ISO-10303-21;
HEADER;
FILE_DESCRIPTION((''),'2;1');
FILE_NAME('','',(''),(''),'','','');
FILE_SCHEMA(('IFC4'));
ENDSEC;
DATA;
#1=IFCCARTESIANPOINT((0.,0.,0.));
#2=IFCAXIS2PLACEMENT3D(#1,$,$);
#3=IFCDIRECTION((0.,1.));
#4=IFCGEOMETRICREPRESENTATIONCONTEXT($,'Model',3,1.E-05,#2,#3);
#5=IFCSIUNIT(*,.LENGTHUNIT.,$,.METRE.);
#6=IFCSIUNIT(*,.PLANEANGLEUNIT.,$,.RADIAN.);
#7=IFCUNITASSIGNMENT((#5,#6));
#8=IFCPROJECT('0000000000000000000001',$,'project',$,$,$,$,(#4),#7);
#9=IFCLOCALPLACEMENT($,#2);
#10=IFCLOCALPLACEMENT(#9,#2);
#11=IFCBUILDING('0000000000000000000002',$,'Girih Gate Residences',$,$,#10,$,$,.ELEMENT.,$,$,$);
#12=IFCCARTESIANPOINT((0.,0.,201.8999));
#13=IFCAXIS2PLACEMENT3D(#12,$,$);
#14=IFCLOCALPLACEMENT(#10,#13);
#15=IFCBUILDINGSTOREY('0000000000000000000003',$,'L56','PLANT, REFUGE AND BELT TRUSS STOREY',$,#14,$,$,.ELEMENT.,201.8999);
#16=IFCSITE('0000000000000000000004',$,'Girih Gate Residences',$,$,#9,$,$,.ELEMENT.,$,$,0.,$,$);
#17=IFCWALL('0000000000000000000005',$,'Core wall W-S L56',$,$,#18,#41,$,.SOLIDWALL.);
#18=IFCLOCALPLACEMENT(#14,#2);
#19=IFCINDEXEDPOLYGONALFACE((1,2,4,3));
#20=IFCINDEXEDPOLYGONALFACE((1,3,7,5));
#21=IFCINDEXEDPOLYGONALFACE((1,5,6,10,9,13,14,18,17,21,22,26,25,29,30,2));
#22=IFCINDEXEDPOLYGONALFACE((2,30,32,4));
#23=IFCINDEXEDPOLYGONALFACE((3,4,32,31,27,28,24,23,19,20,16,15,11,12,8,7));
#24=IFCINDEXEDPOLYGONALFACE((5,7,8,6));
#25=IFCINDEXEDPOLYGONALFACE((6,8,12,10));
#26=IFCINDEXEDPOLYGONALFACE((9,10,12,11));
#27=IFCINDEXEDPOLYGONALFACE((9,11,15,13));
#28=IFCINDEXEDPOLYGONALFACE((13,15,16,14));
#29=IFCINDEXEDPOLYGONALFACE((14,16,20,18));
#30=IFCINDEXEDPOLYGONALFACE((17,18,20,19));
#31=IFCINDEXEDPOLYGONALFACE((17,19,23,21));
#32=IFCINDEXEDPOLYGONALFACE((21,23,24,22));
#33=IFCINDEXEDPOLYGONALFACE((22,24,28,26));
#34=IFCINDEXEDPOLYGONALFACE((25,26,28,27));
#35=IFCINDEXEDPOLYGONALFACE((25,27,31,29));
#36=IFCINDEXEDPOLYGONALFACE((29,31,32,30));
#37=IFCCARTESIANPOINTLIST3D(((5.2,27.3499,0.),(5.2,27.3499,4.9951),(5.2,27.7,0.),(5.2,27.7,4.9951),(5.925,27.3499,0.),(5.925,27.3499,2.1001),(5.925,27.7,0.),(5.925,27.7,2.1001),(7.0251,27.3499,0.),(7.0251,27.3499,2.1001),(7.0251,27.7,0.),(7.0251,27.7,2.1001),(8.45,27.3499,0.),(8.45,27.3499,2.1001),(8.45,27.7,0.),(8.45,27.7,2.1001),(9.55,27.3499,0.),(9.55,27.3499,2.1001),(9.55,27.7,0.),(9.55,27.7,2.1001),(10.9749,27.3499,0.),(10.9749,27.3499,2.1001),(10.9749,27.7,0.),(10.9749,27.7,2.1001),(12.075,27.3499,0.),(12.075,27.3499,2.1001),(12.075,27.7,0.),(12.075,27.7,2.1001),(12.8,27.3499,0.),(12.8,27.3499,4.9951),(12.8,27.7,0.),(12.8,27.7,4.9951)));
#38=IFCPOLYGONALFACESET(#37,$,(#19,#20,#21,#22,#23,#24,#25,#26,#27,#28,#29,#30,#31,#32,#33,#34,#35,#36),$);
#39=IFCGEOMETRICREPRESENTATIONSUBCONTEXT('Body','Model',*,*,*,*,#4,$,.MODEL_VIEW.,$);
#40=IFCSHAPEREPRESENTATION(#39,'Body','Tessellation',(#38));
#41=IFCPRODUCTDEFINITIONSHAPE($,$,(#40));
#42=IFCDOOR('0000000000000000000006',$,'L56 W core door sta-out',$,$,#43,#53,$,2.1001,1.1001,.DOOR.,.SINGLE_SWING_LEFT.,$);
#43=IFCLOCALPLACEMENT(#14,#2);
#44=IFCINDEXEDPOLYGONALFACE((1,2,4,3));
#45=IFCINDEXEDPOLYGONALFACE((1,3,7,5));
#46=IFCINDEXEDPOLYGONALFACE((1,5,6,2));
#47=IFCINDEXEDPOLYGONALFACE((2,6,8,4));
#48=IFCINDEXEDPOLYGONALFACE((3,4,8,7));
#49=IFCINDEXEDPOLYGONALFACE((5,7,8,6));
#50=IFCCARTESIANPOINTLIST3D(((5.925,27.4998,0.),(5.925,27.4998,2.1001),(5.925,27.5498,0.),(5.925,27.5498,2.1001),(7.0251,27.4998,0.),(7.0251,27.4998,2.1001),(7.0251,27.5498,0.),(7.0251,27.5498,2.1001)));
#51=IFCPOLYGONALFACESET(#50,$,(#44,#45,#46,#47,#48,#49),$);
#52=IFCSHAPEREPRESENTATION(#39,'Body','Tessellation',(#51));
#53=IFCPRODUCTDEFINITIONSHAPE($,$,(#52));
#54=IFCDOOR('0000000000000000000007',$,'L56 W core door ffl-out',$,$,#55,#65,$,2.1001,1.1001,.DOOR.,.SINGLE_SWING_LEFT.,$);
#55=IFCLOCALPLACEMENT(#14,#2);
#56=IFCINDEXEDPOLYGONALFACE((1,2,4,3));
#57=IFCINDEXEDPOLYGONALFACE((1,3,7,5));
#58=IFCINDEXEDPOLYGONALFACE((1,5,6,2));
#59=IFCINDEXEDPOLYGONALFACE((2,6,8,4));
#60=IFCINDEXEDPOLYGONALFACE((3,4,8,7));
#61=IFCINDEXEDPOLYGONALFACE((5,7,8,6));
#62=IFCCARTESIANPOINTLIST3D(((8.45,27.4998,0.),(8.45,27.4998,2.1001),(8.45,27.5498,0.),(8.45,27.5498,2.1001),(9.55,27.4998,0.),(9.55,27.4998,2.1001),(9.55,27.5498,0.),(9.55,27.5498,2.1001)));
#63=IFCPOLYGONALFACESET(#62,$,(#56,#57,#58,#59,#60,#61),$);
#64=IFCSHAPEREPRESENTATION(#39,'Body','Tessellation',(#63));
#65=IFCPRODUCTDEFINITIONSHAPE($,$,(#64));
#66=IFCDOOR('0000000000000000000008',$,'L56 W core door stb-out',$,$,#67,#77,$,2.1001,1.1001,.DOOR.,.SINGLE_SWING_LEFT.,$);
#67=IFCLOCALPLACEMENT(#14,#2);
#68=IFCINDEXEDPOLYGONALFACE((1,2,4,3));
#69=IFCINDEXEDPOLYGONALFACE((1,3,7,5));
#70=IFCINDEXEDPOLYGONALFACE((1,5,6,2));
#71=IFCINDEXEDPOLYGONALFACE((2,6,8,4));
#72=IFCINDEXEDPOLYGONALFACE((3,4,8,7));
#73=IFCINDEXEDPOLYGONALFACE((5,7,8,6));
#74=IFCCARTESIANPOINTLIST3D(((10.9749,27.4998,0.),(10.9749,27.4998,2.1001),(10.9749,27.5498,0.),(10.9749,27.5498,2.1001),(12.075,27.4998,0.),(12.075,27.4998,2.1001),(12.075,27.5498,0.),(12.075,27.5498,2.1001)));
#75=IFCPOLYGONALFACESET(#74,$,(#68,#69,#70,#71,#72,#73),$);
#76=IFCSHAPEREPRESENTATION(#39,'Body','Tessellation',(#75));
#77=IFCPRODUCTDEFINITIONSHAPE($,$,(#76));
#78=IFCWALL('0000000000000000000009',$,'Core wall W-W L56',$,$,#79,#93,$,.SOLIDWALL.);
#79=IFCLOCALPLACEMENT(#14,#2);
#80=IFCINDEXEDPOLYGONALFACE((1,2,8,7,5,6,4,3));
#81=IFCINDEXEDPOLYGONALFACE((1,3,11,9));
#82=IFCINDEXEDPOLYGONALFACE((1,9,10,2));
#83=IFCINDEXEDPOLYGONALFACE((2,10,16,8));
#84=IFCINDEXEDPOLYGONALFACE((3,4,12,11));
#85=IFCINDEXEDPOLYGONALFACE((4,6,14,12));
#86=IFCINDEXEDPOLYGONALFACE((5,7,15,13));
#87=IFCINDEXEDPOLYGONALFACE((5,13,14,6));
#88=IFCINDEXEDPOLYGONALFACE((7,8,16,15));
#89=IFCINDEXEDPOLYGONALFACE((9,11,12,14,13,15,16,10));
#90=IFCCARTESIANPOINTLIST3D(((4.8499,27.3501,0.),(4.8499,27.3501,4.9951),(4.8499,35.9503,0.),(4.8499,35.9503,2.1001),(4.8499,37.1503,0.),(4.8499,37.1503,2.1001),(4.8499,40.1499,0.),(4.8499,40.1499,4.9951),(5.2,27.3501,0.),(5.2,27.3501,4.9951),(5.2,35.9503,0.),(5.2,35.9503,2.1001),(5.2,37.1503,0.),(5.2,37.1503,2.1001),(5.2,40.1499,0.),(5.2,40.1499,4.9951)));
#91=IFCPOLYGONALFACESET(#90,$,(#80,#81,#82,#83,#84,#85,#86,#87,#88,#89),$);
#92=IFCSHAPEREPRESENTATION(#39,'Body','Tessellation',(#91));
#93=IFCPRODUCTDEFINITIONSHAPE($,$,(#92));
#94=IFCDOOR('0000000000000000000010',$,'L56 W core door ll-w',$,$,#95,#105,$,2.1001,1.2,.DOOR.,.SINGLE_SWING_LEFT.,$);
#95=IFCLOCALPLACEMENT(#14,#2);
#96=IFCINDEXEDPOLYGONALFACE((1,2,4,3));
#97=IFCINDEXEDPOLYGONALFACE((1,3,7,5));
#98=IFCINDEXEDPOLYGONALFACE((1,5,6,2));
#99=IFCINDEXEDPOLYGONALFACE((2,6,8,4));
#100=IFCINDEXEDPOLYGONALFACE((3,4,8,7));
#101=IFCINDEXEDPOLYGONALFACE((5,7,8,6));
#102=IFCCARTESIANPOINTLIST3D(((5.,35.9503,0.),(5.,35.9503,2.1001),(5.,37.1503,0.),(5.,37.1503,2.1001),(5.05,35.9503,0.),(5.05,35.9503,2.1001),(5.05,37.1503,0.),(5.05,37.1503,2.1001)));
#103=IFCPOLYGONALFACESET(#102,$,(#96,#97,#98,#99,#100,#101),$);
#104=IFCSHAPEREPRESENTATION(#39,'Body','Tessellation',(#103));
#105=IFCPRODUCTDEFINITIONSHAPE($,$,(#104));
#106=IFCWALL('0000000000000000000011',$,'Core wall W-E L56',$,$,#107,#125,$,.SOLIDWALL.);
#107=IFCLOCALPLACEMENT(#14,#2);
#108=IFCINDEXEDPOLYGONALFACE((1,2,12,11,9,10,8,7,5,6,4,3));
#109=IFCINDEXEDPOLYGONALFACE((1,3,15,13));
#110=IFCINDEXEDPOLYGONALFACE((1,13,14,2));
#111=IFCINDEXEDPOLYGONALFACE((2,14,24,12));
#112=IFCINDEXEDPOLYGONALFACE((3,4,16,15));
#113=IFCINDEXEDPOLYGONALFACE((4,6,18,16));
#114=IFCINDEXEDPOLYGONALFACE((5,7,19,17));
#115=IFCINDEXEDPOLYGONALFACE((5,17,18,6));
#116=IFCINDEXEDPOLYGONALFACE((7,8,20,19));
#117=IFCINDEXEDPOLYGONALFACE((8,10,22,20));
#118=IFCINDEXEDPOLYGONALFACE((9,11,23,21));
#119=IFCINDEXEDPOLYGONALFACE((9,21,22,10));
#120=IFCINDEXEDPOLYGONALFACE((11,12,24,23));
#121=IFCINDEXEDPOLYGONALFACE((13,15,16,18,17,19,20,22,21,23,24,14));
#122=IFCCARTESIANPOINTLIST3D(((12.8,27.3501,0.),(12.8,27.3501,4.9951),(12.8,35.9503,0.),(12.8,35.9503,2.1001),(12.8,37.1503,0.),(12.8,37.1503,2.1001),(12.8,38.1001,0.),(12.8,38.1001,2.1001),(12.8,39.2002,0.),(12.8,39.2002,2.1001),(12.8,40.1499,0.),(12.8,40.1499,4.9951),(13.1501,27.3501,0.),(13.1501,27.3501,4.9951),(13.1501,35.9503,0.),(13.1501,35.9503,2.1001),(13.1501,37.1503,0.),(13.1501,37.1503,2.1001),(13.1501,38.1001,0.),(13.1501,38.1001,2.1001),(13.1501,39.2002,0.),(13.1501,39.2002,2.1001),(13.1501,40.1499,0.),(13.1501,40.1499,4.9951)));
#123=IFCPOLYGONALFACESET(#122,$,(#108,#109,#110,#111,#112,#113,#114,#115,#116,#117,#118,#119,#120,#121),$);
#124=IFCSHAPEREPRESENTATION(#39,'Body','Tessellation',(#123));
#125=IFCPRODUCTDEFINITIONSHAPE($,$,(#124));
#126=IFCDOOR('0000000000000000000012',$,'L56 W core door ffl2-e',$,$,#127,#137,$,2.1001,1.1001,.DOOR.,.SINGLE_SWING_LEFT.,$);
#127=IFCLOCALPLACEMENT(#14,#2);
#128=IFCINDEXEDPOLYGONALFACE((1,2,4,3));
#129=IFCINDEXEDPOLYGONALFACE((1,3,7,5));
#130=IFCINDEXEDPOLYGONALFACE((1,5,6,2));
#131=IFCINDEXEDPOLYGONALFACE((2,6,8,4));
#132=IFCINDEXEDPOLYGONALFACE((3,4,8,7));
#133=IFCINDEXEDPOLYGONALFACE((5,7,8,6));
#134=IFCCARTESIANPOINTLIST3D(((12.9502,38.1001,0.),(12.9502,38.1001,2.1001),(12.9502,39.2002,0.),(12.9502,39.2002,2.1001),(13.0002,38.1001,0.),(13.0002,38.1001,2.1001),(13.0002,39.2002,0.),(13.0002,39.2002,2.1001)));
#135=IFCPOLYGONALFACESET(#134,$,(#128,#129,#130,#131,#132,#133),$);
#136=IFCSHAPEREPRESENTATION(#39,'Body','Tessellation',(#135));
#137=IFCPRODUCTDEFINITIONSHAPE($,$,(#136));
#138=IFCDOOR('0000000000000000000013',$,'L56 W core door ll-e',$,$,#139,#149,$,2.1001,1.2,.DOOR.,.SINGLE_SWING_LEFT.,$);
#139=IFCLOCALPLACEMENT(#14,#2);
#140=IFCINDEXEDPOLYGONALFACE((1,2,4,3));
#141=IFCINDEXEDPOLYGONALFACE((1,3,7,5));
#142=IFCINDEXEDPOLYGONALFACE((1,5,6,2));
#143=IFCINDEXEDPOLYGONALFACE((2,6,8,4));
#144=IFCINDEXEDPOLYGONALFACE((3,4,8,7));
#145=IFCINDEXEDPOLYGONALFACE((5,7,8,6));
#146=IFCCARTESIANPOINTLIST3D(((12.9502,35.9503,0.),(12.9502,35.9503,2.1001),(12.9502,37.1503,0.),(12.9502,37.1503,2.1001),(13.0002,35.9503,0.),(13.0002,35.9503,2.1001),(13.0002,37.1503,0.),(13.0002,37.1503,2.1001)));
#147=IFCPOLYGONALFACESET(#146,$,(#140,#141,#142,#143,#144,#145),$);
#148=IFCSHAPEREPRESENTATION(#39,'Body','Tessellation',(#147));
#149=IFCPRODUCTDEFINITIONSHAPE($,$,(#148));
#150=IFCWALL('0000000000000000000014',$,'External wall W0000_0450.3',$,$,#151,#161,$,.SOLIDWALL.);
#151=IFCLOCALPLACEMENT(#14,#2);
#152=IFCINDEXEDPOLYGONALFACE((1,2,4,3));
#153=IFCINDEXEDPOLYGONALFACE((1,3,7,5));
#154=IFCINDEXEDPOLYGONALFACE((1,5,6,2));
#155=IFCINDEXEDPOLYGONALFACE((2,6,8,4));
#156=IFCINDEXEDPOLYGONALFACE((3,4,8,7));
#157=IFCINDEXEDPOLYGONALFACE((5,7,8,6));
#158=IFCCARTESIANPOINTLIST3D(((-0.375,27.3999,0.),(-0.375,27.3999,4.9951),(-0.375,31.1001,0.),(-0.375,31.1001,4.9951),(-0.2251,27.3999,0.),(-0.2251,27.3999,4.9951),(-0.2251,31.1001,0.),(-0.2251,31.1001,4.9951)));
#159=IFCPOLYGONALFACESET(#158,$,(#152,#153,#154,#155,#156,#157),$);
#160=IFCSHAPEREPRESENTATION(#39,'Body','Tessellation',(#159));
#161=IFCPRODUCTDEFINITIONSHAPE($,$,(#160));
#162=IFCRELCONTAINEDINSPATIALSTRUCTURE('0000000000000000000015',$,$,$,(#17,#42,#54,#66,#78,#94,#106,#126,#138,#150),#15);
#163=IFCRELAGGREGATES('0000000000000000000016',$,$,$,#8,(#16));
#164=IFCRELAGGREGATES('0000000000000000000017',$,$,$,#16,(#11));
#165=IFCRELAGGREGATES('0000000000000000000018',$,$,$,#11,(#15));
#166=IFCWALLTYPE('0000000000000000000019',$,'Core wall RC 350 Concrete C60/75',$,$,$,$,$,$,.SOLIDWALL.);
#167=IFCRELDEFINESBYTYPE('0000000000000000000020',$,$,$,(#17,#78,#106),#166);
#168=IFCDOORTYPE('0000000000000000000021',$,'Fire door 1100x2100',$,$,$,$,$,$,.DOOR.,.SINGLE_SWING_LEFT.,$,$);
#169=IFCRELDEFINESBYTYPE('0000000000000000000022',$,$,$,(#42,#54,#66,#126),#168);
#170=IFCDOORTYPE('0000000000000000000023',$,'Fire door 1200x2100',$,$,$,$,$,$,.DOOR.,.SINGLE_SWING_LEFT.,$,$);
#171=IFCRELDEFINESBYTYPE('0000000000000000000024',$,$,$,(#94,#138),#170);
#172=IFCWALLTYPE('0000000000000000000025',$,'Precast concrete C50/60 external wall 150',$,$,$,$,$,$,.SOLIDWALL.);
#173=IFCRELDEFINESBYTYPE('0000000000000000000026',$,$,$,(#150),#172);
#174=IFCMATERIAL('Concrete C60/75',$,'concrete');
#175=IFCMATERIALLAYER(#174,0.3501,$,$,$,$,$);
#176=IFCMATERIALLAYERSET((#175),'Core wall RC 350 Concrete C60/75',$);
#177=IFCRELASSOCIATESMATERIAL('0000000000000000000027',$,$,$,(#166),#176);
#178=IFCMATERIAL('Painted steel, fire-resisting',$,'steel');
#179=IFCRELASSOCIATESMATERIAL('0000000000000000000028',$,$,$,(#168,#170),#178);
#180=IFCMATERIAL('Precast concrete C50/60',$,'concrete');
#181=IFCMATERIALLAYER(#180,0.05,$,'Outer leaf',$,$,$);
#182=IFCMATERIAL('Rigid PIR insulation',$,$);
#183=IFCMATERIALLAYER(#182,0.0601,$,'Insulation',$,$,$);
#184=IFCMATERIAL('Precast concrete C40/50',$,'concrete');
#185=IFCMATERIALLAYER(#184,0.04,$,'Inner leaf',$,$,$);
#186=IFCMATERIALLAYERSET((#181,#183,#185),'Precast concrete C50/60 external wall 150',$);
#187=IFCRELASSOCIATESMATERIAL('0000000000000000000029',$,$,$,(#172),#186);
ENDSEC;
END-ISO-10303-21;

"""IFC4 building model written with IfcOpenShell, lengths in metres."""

from ifc_helpers import new_model, si_unit, direction, frame, frame_2d, origin, place, context, subcontext, project, spatial, rectangle, extrude, material, layer, layer_set, type_object, element, fill, save


model = new_model("IFC4")

# Units and contexts
model_context = context("Model", 3, precision=1e-05, world=origin(), true_north=direction((0.0, 1.0)))
body_context = subcontext(model_context, "Body", "Model", "MODEL_VIEW")
ifc_project = project(units=[si_unit("LENGTHUNIT", "METRE"), si_unit("PLANEANGLEUNIT", "RADIAN")], contexts=[model_context])

# Site, building, storey
site_placement = place(None, origin())
site = spatial("IfcSite", under=ifc_project, at=site_placement, Name="Girih Gate Residences", CompositionType="ELEMENT", RefElevation=0.0)
building_placement = place(site_placement, origin())
building = spatial("IfcBuilding", under=site, at=building_placement, Name="Girih Gate Residences", CompositionType="ELEMENT")
storey_placement = place(building_placement, frame((0.0, 0.0, 201.8999)))
storey = spatial("IfcBuildingStorey", under=building, at=storey_placement, Name="L56", Description="PLANT, REFUGE AND BELT TRUSS STOREY", CompositionType="ELEMENT", Elevation=201.8999)

# Shared definitions
ifc_material_1 = material(Name="Concrete C60/75", Category="concrete")

# Wall, openings, doors
ifc_layer_1 = layer(ifc_material_1, 0.3501)
ifc_layer_set_1 = layer_set([ifc_layer_1], Name="Core wall RC 350 Concrete C60/75")
wall_type_1 = type_object("IfcWallType", Name="Core wall RC 350 Concrete C60/75", PredefinedType="SOLIDWALL", material=ifc_layer_set_1)
wall_1_placement = place(storey_placement, frame((5.2, 27.5249, 0.0), z_axis=(0.0, 0.0, 1.0), x_axis=(1.0, 0.0, 0.0)))
wall_1 = element("IfcWall", 1, at=wall_1_placement, inside=storey, type_object=wall_type_1, Name="Core wall W-S L56", PredefinedType="SOLIDWALL", context=body_context, shape_type="SweptSolid", body=[
    extrude(rectangle(XDim=7.6001, YDim=0.3501, at=frame_2d((3.8, 0.0))), origin(), (0.0, 0.0, 1.0), 4.9951),
])
opening_1_placement = place(wall_1_placement, frame((0.7251, 0.0, 0.0)))
opening_1 = element("IfcOpeningElement", 2, at=opening_1_placement, cuts=wall_1, PredefinedType="OPENING", context=body_context, shape_type="SweptSolid", body=[
    extrude(rectangle(XDim=1.1001, YDim=2.1001, at=frame_2d((0.55, 1.05))), frame((0.0, 0.1851, 0.0), z_axis=(0.0, -1.0, 0.0), x_axis=(1.0, 0.0, 0.0)), (0.0, 0.0, 1.0), 0.3701),
])
opening_2_placement = place(wall_1_placement, frame((3.25, 0.0, 0.0)))
opening_2 = element("IfcOpeningElement", 3, at=opening_2_placement, cuts=wall_1, PredefinedType="OPENING", context=body_context, shape_type="SweptSolid", body=[
    extrude(rectangle(XDim=1.1001, YDim=2.1001, at=frame_2d((0.55, 1.05))), frame((0.0, 0.1851, 0.0), z_axis=(0.0, -1.0, 0.0), x_axis=(1.0, 0.0, 0.0)), (0.0, 0.0, 1.0), 0.3701),
])
opening_3_placement = place(wall_1_placement, frame((5.7749, 0.0, 0.0)))
opening_3 = element("IfcOpeningElement", 4, at=opening_3_placement, cuts=wall_1, PredefinedType="OPENING", context=body_context, shape_type="SweptSolid", body=[
    extrude(rectangle(XDim=1.1001, YDim=2.1001, at=frame_2d((0.55, 1.05))), frame((0.0, 0.1851, 0.0), z_axis=(0.0, -1.0, 0.0), x_axis=(1.0, 0.0, 0.0)), (0.0, 0.0, 1.0), 0.3701),
])
ifc_material_2 = material(Name="Painted steel, fire-resisting", Category="steel")
door_type_1 = type_object("IfcDoorType", Name="Fire door 1100x2100", OperationType="SINGLE_SWING_LEFT", PredefinedType="DOOR", material=ifc_material_2)
door_1_placement = place(opening_1_placement, origin())
door_1 = element("IfcDoor", 5, at=door_1_placement, inside=storey, type_object=door_type_1, Name="L56 W core door sta-out", OperationType="SINGLE_SWING_LEFT", OverallHeight=2.1001, OverallWidth=1.1001, PredefinedType="DOOR", context=body_context, shape_type="SweptSolid", body=[
    extrude(rectangle(XDim=1.1001, YDim=2.1001, at=frame_2d((0.55, 1.05))), frame((0.0, 0.0249, 0.0), z_axis=(0.0, -1.0, 0.0), x_axis=(1.0, 0.0, 0.0)), (0.0, 0.0, 1.0), 0.05),
])
fill(opening_1, door_1)
door_2_placement = place(opening_2_placement, origin())
door_2 = element("IfcDoor", 6, at=door_2_placement, inside=storey, type_object=door_type_1, Name="L56 W core door ffl-out", OperationType="SINGLE_SWING_LEFT", OverallHeight=2.1001, OverallWidth=1.1001, PredefinedType="DOOR", context=body_context, shape_type="SweptSolid", body=[
    extrude(rectangle(XDim=1.1001, YDim=2.1001, at=frame_2d((0.55, 1.05))), frame((0.0, 0.0249, 0.0), z_axis=(0.0, -1.0, 0.0), x_axis=(1.0, 0.0, 0.0)), (0.0, 0.0, 1.0), 0.05),
])
fill(opening_2, door_2)
door_3_placement = place(opening_3_placement, origin())
door_3 = element("IfcDoor", 7, at=door_3_placement, inside=storey, type_object=door_type_1, Name="L56 W core door stb-out", OperationType="SINGLE_SWING_LEFT", OverallHeight=2.1001, OverallWidth=1.1001, PredefinedType="DOOR", context=body_context, shape_type="SweptSolid", body=[
    extrude(rectangle(XDim=1.1001, YDim=2.1001, at=frame_2d((0.55, 1.05))), frame((0.0, 0.0249, 0.0), z_axis=(0.0, -1.0, 0.0), x_axis=(1.0, 0.0, 0.0)), (0.0, 0.0, 1.0), 0.05),
])
fill(opening_3, door_3)

# Wall, opening, door
wall_2_placement = place(storey_placement, frame((5.0249, 27.3501, 0.0), z_axis=(0.0, 0.0, 1.0), x_axis=(0.0, 1.0, 0.0)))
wall_2 = element("IfcWall", 8, at=wall_2_placement, inside=storey, type_object=wall_type_1, Name="Core wall W-W L56", PredefinedType="SOLIDWALL", context=body_context, shape_type="SweptSolid", body=[
    extrude(rectangle(XDim=12.7998, YDim=0.3501, at=frame_2d((6.3999, 0.0))), origin(), (0.0, 0.0, 1.0), 4.9951),
])
opening_4_placement = place(wall_2_placement, frame((8.6001, 0.0, 0.0)))
opening_4 = element("IfcOpeningElement", 9, at=opening_4_placement, cuts=wall_2, PredefinedType="OPENING", context=body_context, shape_type="SweptSolid", body=[
    extrude(rectangle(XDim=1.2, YDim=2.1001, at=frame_2d((0.6001, 1.05))), frame((0.0, 0.1851, 0.0), z_axis=(0.0, -1.0, 0.0), x_axis=(1.0, 0.0, 0.0)), (0.0, 0.0, 1.0), 0.3701),
])
door_type_2 = type_object("IfcDoorType", Name="Fire door 1200x2100", OperationType="SINGLE_SWING_LEFT", PredefinedType="DOOR", material=ifc_material_2)
door_4_placement = place(opening_4_placement, origin())
door_4 = element("IfcDoor", 10, at=door_4_placement, inside=storey, type_object=door_type_2, Name="L56 W core door ll-w", OperationType="SINGLE_SWING_LEFT", OverallHeight=2.1001, OverallWidth=1.2, PredefinedType="DOOR", context=body_context, shape_type="SweptSolid", body=[
    extrude(rectangle(XDim=1.2, YDim=2.1001, at=frame_2d((0.6001, 1.05))), frame((0.0, 0.0249, 0.0), z_axis=(0.0, -1.0, 0.0), x_axis=(1.0, 0.0, 0.0)), (0.0, 0.0, 1.0), 0.05),
])
fill(opening_4, door_4)

# Wall, openings, doors
wall_3_placement = place(storey_placement, frame((12.9751, 27.3501, 0.0), z_axis=(0.0, 0.0, 1.0), x_axis=(0.0, 1.0, 0.0)))
wall_3 = element("IfcWall", 11, at=wall_3_placement, inside=storey, type_object=wall_type_1, Name="Core wall W-E L56", PredefinedType="SOLIDWALL", context=body_context, shape_type="SweptSolid", body=[
    extrude(rectangle(XDim=12.7998, YDim=0.3501, at=frame_2d((6.3999, 0.0))), origin(), (0.0, 0.0, 1.0), 4.9951),
])
opening_5_placement = place(wall_3_placement, frame((10.75, 0.0, 0.0)))
opening_5 = element("IfcOpeningElement", 12, at=opening_5_placement, cuts=wall_3, PredefinedType="OPENING", context=body_context, shape_type="SweptSolid", body=[
    extrude(rectangle(XDim=1.1001, YDim=2.1001, at=frame_2d((0.55, 1.05))), frame((0.0, 0.1851, 0.0), z_axis=(0.0, -1.0, 0.0), x_axis=(1.0, 0.0, 0.0)), (0.0, 0.0, 1.0), 0.3701),
])
opening_6_placement = place(wall_3_placement, frame((8.6001, 0.0, 0.0)))
opening_6 = element("IfcOpeningElement", 13, at=opening_6_placement, cuts=wall_3, PredefinedType="OPENING", context=body_context, shape_type="SweptSolid", body=[
    extrude(rectangle(XDim=1.2, YDim=2.1001, at=frame_2d((0.6001, 1.05))), frame((0.0, 0.1851, 0.0), z_axis=(0.0, -1.0, 0.0), x_axis=(1.0, 0.0, 0.0)), (0.0, 0.0, 1.0), 0.3701),
])
door_5_placement = place(opening_5_placement, origin())
door_5 = element("IfcDoor", 14, at=door_5_placement, inside=storey, type_object=door_type_1, Name="L56 W core door ffl2-e", OperationType="SINGLE_SWING_LEFT", OverallHeight=2.1001, OverallWidth=1.1001, PredefinedType="DOOR", context=body_context, shape_type="SweptSolid", body=[
    extrude(rectangle(XDim=1.1001, YDim=2.1001, at=frame_2d((0.55, 1.05))), frame((0.0, 0.0249, 0.0), z_axis=(0.0, -1.0, 0.0), x_axis=(1.0, 0.0, 0.0)), (0.0, 0.0, 1.0), 0.05),
])
fill(opening_5, door_5)
door_6_placement = place(opening_6_placement, origin())
door_6 = element("IfcDoor", 15, at=door_6_placement, inside=storey, type_object=door_type_2, Name="L56 W core door ll-e", OperationType="SINGLE_SWING_LEFT", OverallHeight=2.1001, OverallWidth=1.2, PredefinedType="DOOR", context=body_context, shape_type="SweptSolid", body=[
    extrude(rectangle(XDim=1.2, YDim=2.1001, at=frame_2d((0.6001, 1.05))), frame((0.0, 0.0249, 0.0), z_axis=(0.0, -1.0, 0.0), x_axis=(1.0, 0.0, 0.0)), (0.0, 0.0, 1.0), 0.05),
])
fill(opening_6, door_6)

# Wall
ifc_material_3 = material(Name="Precast concrete C50/60", Category="concrete")
ifc_layer_2 = layer(ifc_material_3, 0.05, Name="Outer leaf")
ifc_material_4 = material(Name="Rigid PIR insulation")
ifc_layer_3 = layer(ifc_material_4, 0.0601, Name="Insulation")
ifc_material_5 = material(Name="Precast concrete C40/50", Category="concrete")
ifc_layer_4 = layer(ifc_material_5, 0.04, Name="Inner leaf")
ifc_layer_set_2 = layer_set([ifc_layer_2, ifc_layer_3, ifc_layer_4], Name="Precast concrete C50/60 external wall 150")
wall_type_2 = type_object("IfcWallType", Name="Precast concrete C50/60 external wall 150", PredefinedType="SOLIDWALL", material=ifc_layer_set_2)
for number, where, z_axis, x_axis, name in (
    (16, (-0.3, 27.3999, 0.0), (0.0, 0.0, 1.0), (0.0, 1.0, 0.0), "External wall W0000_0450.3"),
):
    element("IfcWall", number, at=place(storey_placement, frame(where, z_axis=z_axis, x_axis=x_axis)), inside=storey, type_object=wall_type_2, Name=name, PredefinedType="SOLIDWALL", context=body_context, shape_type="SweptSolid", body=[
        extrude(rectangle(XDim=3.7002, YDim=0.1499, at=frame_2d((1.8501, 0.0))), origin(), (0.0, 0.0, 1.0), 4.9951),
    ])

save(model, "model.ifc")
